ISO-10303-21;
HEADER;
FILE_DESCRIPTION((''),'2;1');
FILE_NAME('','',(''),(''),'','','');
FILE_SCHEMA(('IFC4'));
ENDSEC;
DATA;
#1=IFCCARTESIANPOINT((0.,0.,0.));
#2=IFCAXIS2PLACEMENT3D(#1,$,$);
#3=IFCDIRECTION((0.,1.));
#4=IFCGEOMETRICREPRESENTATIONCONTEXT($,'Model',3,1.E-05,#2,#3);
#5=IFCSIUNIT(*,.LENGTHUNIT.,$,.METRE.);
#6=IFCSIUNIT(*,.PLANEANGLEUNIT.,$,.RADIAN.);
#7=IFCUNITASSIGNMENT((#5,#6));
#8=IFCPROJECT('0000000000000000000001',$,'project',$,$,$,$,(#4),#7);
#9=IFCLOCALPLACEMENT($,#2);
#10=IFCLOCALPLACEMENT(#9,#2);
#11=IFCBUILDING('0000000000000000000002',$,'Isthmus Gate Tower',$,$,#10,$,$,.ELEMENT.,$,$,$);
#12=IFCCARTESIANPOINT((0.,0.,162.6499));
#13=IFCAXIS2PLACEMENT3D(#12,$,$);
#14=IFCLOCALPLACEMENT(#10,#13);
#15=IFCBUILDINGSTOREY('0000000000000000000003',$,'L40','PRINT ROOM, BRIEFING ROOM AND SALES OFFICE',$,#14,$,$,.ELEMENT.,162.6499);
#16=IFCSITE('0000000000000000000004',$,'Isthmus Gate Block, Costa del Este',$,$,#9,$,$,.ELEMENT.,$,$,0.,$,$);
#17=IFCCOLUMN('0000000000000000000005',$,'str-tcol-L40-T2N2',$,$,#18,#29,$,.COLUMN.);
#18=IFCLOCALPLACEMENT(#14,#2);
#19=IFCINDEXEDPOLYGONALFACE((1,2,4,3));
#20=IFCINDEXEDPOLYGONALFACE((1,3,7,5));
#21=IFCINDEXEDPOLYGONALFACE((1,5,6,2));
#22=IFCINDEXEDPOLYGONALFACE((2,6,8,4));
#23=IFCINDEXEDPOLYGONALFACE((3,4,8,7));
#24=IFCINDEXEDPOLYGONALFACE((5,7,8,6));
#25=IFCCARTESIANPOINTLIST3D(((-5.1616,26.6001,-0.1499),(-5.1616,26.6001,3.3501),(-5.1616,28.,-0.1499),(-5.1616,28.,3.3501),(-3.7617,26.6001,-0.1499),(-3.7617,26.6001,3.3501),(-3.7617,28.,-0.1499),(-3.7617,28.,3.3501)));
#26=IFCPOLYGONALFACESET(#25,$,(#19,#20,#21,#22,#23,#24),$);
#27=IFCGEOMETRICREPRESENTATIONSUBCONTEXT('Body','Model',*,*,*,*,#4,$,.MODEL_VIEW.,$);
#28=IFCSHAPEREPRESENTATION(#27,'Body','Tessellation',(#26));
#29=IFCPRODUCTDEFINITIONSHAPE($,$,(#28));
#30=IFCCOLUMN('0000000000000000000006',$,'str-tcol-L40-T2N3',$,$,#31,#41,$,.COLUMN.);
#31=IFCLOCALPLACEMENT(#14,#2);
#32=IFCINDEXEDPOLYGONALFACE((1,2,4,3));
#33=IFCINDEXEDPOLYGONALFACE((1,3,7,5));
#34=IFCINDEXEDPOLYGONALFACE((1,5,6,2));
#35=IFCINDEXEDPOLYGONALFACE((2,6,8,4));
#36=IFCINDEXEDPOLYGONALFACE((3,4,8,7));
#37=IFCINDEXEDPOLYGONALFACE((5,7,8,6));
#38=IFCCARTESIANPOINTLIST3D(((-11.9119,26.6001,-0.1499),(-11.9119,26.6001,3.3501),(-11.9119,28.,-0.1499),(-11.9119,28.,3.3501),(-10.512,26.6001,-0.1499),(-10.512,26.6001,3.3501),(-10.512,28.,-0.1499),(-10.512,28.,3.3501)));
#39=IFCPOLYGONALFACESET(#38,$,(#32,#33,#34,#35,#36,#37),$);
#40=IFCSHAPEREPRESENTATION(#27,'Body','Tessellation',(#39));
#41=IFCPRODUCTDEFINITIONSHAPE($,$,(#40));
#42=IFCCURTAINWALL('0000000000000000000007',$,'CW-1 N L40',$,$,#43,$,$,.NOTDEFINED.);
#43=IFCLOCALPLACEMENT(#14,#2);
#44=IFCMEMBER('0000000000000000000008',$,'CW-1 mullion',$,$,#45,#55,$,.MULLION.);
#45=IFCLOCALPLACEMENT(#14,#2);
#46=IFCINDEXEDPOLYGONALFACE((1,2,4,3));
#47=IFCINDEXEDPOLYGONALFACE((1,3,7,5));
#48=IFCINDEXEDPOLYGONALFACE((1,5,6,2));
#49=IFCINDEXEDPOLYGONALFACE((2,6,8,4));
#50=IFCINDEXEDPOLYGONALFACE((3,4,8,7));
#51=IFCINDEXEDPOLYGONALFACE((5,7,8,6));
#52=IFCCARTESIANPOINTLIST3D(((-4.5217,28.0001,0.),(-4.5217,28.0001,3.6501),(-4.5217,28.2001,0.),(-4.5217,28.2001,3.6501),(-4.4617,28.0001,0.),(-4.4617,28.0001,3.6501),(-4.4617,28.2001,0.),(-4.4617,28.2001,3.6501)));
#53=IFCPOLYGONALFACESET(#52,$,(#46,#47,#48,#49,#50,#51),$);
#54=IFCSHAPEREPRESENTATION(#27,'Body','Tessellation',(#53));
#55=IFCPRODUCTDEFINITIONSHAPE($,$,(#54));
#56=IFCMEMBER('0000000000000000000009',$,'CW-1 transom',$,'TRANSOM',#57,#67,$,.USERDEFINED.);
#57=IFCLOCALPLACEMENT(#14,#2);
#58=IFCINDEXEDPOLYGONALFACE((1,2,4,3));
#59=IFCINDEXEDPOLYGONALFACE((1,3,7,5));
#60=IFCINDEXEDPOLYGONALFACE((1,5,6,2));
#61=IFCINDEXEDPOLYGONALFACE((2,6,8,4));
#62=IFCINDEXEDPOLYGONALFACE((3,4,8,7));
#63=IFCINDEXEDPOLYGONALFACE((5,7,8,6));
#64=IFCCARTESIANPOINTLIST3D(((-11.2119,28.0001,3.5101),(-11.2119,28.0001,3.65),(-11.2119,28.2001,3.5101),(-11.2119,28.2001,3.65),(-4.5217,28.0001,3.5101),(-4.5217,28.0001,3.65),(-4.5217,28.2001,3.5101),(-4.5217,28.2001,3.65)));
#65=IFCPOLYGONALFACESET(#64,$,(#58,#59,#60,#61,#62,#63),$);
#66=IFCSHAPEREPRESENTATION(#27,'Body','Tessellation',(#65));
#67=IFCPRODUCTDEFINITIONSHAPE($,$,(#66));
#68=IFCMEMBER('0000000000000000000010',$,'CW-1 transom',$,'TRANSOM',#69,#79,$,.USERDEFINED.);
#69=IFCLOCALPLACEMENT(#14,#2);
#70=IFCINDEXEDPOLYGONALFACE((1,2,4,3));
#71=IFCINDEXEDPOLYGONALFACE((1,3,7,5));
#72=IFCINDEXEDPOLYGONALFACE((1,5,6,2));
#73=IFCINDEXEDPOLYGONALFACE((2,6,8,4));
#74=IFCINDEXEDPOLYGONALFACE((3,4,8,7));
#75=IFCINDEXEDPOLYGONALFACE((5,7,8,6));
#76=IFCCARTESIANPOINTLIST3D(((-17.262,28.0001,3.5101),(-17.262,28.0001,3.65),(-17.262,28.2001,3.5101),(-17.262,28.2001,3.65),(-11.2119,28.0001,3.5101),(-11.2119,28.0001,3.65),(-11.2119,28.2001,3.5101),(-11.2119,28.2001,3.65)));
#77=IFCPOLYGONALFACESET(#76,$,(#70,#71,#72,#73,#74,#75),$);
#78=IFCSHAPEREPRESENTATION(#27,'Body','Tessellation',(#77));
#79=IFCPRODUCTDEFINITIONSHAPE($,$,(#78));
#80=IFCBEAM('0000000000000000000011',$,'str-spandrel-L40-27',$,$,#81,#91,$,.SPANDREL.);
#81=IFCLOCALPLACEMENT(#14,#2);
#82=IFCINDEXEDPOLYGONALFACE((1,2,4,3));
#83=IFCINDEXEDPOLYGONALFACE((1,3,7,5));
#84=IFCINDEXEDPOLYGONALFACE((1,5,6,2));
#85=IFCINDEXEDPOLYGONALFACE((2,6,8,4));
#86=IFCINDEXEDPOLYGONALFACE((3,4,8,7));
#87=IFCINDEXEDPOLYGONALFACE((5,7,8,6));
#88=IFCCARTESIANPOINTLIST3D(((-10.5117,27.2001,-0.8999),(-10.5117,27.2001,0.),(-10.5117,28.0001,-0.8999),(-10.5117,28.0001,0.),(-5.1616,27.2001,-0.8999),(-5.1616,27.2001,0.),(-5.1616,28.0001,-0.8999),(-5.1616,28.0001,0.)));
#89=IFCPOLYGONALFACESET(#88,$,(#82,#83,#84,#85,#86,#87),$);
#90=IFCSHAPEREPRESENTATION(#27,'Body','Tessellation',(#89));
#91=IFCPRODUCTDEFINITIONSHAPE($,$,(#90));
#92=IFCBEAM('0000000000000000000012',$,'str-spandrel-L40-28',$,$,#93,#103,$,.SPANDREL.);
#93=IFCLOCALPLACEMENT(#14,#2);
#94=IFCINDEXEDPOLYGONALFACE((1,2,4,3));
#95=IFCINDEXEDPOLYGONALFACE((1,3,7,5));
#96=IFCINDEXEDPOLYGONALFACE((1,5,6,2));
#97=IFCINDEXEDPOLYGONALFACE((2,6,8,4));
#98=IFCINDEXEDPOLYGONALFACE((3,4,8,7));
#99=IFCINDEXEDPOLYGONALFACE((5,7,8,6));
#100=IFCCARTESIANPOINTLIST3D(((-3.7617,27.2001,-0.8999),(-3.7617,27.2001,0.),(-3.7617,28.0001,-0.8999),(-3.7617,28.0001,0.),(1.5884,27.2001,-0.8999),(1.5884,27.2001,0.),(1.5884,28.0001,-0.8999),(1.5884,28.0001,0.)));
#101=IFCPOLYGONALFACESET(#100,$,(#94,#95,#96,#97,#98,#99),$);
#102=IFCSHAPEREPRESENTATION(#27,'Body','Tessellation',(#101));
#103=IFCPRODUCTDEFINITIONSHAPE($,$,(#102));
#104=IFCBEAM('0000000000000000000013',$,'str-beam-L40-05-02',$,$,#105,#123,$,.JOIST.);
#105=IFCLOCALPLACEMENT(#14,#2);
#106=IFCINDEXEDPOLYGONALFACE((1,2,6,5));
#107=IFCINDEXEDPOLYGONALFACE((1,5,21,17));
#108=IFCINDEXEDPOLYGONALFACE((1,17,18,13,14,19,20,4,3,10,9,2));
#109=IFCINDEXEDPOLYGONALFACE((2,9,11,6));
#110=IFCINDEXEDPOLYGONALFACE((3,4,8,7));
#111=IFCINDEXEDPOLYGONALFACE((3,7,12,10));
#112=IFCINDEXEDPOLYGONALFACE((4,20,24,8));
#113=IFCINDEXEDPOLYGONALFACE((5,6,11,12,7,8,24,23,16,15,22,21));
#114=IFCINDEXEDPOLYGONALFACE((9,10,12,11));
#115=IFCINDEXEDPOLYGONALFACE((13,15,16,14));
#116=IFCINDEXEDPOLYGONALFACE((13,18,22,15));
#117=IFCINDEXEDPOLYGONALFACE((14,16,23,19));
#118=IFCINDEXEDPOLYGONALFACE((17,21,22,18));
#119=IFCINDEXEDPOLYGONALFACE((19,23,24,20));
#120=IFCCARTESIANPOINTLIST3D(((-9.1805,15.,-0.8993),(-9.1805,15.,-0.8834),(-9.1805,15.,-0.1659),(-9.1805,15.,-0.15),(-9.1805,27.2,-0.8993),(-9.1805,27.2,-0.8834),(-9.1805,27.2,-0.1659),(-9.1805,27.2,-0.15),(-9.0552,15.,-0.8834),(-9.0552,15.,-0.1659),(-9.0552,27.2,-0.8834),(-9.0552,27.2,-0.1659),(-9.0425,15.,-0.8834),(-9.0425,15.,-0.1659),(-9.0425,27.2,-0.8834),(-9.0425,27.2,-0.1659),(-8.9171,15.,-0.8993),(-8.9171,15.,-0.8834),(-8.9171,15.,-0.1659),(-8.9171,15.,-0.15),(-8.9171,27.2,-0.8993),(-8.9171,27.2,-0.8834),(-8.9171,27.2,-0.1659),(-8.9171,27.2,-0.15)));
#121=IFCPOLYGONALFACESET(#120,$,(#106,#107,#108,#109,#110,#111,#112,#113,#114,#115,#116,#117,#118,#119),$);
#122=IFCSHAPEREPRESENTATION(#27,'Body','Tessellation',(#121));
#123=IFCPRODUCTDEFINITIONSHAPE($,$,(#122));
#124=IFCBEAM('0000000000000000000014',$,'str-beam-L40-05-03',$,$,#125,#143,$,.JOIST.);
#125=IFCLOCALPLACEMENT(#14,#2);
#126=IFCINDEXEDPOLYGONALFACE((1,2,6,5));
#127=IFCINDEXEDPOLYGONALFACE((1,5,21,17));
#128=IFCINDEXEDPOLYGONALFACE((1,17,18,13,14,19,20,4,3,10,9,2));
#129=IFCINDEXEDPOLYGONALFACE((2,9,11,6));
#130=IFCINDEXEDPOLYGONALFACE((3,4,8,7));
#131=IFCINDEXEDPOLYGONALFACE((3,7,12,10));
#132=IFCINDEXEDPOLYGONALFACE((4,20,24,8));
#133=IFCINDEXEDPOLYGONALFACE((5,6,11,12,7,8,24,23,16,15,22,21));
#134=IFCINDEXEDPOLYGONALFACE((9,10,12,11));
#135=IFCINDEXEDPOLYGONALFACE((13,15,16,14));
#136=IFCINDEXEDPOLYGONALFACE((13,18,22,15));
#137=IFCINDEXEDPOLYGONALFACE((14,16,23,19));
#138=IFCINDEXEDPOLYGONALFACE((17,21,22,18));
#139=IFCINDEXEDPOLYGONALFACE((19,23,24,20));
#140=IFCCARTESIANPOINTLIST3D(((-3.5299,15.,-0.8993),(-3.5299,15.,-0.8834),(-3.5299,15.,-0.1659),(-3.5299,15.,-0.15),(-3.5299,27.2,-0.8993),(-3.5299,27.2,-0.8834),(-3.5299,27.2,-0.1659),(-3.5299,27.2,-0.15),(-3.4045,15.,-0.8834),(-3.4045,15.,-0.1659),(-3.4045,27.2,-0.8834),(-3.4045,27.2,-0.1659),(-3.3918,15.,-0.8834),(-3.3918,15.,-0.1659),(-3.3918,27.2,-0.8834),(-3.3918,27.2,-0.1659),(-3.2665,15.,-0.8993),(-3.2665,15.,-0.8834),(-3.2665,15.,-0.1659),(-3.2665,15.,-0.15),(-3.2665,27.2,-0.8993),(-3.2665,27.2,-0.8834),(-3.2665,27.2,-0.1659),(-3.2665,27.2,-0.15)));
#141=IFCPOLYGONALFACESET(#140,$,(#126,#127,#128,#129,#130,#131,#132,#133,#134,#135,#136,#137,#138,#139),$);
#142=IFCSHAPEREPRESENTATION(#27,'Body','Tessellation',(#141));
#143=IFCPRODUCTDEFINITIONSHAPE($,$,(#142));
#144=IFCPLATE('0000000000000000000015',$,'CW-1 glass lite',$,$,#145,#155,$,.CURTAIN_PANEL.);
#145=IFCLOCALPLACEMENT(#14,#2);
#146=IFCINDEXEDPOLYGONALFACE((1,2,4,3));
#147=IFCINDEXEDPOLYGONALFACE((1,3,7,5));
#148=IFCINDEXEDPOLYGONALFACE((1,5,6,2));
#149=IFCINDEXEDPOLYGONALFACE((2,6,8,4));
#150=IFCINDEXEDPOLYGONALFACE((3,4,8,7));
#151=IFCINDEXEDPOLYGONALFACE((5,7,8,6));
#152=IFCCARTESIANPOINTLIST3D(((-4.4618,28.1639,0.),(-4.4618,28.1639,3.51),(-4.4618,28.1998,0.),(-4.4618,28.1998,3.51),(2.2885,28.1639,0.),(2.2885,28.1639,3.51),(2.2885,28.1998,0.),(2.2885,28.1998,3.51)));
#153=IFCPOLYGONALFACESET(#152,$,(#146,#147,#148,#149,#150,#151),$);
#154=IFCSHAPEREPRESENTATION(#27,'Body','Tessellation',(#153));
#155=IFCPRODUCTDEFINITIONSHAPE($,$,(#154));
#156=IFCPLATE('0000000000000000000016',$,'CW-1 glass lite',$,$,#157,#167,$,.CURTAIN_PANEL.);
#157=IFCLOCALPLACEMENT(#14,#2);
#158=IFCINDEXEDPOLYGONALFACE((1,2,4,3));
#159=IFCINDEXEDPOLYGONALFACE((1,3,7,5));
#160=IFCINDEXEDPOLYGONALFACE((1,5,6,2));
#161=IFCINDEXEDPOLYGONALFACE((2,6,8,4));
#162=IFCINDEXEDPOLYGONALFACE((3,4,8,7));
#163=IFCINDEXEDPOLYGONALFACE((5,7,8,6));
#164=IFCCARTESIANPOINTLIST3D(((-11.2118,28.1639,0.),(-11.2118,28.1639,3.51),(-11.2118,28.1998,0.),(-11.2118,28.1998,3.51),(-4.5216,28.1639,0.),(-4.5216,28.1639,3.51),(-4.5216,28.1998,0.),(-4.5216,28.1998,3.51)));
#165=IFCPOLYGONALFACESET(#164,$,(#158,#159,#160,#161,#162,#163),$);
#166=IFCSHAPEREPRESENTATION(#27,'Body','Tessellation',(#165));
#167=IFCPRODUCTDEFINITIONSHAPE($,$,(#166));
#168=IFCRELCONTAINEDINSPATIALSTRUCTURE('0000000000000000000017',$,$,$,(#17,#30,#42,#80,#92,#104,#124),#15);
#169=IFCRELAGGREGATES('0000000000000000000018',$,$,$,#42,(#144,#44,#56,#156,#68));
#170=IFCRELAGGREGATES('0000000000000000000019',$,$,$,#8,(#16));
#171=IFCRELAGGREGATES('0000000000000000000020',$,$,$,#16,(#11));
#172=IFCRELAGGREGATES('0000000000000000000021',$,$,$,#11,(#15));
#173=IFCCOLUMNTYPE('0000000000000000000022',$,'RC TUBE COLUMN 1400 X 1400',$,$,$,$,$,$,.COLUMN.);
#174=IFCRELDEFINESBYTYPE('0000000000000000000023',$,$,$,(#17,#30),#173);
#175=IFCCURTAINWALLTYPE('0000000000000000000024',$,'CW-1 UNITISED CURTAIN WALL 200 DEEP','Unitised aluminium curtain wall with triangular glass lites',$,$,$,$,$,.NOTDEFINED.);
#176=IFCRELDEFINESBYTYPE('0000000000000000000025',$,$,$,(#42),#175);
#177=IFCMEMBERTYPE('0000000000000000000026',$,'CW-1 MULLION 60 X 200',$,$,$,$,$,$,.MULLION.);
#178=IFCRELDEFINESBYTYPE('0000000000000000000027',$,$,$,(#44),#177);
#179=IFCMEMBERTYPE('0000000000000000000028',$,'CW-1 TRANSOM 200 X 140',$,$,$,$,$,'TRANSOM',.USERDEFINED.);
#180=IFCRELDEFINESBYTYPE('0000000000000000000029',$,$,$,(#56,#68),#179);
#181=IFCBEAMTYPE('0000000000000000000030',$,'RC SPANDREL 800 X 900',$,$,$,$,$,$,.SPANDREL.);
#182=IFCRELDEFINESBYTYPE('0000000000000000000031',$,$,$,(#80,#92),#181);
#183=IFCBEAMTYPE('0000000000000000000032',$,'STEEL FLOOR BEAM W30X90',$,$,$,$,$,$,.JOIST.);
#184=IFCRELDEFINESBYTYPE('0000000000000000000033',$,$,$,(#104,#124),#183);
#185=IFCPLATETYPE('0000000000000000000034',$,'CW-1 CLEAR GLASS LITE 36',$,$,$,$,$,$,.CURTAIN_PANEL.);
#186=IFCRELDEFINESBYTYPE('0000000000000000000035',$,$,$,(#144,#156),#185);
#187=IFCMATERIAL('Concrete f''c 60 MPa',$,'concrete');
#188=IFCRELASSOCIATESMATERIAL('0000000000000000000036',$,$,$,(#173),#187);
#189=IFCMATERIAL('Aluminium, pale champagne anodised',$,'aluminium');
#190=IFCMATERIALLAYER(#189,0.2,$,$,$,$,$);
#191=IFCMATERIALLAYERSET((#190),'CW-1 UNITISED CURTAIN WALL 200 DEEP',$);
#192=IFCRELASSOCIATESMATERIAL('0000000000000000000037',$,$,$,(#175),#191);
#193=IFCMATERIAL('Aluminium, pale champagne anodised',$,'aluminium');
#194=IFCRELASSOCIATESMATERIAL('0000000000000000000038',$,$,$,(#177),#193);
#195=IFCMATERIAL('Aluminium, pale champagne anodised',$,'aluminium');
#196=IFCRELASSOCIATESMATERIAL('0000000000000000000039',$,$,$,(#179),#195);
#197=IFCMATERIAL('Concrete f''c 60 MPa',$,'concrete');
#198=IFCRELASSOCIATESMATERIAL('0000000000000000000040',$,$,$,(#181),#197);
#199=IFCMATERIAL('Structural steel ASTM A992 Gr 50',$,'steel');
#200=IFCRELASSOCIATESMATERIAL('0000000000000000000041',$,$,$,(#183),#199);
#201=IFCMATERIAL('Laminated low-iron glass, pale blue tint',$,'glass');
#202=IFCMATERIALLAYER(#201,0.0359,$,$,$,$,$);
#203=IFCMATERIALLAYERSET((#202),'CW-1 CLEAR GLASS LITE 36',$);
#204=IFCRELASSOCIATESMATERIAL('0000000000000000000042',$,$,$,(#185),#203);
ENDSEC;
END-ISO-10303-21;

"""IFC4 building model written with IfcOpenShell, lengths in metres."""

from ifc_helpers import new_model, si_unit, direction, frame, origin, origin_2d, place, context, subcontext, project, spatial, rectangle, i_section, extrude, material, layer, layer_set, material_profile, profile_set, type_object, element, aggregate, save


model = new_model("IFC4")

# Units and contexts
model_context = context("Model", 3, precision=1e-05, world=origin(), true_north=direction((0.0, 1.0)))
body_context = subcontext(model_context, "Body", "Model", "MODEL_VIEW")
ifc_project = project(units=[si_unit("LENGTHUNIT", "METRE"), si_unit("PLANEANGLEUNIT", "RADIAN")], contexts=[model_context])

# Site, building, storey
site_placement = place(None, origin())
site = spatial("IfcSite", under=ifc_project, at=site_placement, Name="Isthmus Gate Block, Costa del Este", CompositionType="ELEMENT", RefElevation=0.0)
building_placement = place(site_placement, origin())
building = spatial("IfcBuilding", under=site, at=building_placement, Name="Isthmus Gate Tower", CompositionType="ELEMENT")
storey_placement = place(building_placement, frame((0.0, 0.0, 162.6499)))
storey = spatial("IfcBuildingStorey", under=building, at=storey_placement, Name="L40", Description="PRINT ROOM, BRIEFING ROOM AND SALES OFFICE", CompositionType="ELEMENT", Elevation=162.6499)

# Columns
ifc_material_1 = material(Name="Concrete f'c 60 MPa", Category="concrete")
ifc_material_profile_1 = material_profile(ifc_material_1, rectangle(XDim=1.3999, YDim=1.3999, at=origin_2d()), Name="RC 1400X1400")
ifc_profile_set_1 = profile_set([ifc_material_profile_1], Name="Concrete f'c 60 MPa")
column_type = type_object("IfcColumnType", Name="RC TUBE COLUMN 1400 X 1400", PredefinedType="COLUMN", material=ifc_profile_set_1)
for number, where, z_axis, x_axis, name in (
    (1, (-4.4617, 27.3, -0.1499), (0.0, 0.0, 1.0), (-1.0, 0.0, 0.0), "str-tcol-L40-T2N2"),
    (2, (-11.2119, 27.3, -0.1499), (0.0, 0.0, 1.0), (-1.0, 0.0, 0.0), "str-tcol-L40-T2N3"),
):
    element("IfcColumn", number, at=place(storey_placement, frame(where, z_axis=z_axis, x_axis=x_axis)), inside=storey, type_object=column_type, Name=name, PredefinedType="COLUMN", context=body_context, shape_type="SweptSolid", body=[
        extrude(rectangle(XDim=1.3999, YDim=1.3999, at=origin_2d()), origin(), (0.0, 0.0, 1.0), 3.5),
    ])

# Curtain wall, members
ifc_material_2 = material(Name="Aluminium, pale champagne anodised", Category="aluminium")
ifc_layer_1 = layer(ifc_material_2, 0.2)
ifc_layer_set_1 = layer_set([ifc_layer_1], Name="CW-1 UNITISED CURTAIN WALL 200 DEEP")
curtain_wall_type = type_object("IfcCurtainWallType", Name="CW-1 UNITISED CURTAIN WALL 200 DEEP", Description="Unitised aluminium curtain wall with triangular glass lites", PredefinedType="NOTDEFINED", material=ifc_layer_set_1)
curtain_wall_placement = place(storey_placement, origin())
curtain_wall = element("IfcCurtainWall", 3, at=curtain_wall_placement, inside=storey, type_object=curtain_wall_type, Name="CW-1 N L40", PredefinedType="NOTDEFINED")
ifc_material_3 = material(Name="Aluminium, pale champagne anodised", Category="aluminium")
ifc_material_profile_2 = material_profile(ifc_material_3, rectangle(XDim=0.0601, YDim=0.2, at=origin_2d()), Name="60x200")
ifc_profile_set_2 = profile_set([ifc_material_profile_2], Name="Aluminium, pale champagne anodised")
member_type_1 = type_object("IfcMemberType", Name="CW-1 MULLION 60 X 200", PredefinedType="MULLION", material=ifc_profile_set_2)
member_1_placement = place(storey_placement, frame((-4.4917, 28.1001, 0.0), z_axis=(0.0, 0.0, 1.0), x_axis=(-1.0, 0.0, 0.0)))
member_1 = element("IfcMember", 4, at=member_1_placement, type_object=member_type_1, Name="CW-1 mullion", PredefinedType="MULLION", context=body_context, shape_type="SweptSolid", body=[
    extrude(rectangle(XDim=0.0601, YDim=0.2, at=origin_2d()), origin(), (0.0, 0.0, 1.0), 3.6501),
])
ifc_material_4 = material(Name="Aluminium, pale champagne anodised", Category="aluminium")
ifc_material_profile_3 = material_profile(ifc_material_4, rectangle(XDim=0.2, YDim=0.1399, at=origin_2d()), Name="200x140")
ifc_profile_set_3 = profile_set([ifc_material_profile_3], Name="Aluminium, pale champagne anodised")
member_type_2 = type_object("IfcMemberType", Name="CW-1 TRANSOM 200 X 140", ElementType="TRANSOM", PredefinedType="USERDEFINED", material=ifc_profile_set_3)
member_2_placement = place(storey_placement, frame((-4.5217, 28.1001, 3.5801), z_axis=(-1.0, 0.0, 0.0), x_axis=(0.0, -1.0, 0.0)))
member_2 = element("IfcMember", 5, at=member_2_placement, type_object=member_type_2, Name="CW-1 transom", ObjectType="TRANSOM", PredefinedType="USERDEFINED", context=body_context, shape_type="SweptSolid", body=[
    extrude(rectangle(XDim=0.2, YDim=0.1399, at=origin_2d()), origin(), (0.0, 0.0, 1.0), 6.6902),
])
member_3_placement = place(storey_placement, frame((-11.2119, 28.1001, 3.5801), z_axis=(-1.0, 0.0, 0.0), x_axis=(0.0, -1.0, 0.0)))
member_3 = element("IfcMember", 6, at=member_3_placement, type_object=member_type_2, Name="CW-1 transom", ObjectType="TRANSOM", PredefinedType="USERDEFINED", context=body_context, shape_type="SweptSolid", body=[
    extrude(rectangle(XDim=0.2, YDim=0.1399, at=origin_2d()), origin(), (0.0, 0.0, 1.0), 6.05),
])

# Beams
ifc_material_5 = material(Name="Concrete f'c 60 MPa", Category="concrete")
ifc_material_profile_4 = material_profile(ifc_material_5, rectangle(XDim=0.8, YDim=0.8999, at=origin_2d()), Name="RC 800X900")
ifc_profile_set_4 = profile_set([ifc_material_profile_4], Name="Concrete f'c 60 MPa")
beam_type_1 = type_object("IfcBeamType", Name="RC SPANDREL 800 X 900", PredefinedType="SPANDREL", material=ifc_profile_set_4)
for number, where, z_axis, x_axis, name in (
    (7, (-10.5117, 27.6001, -0.45), (1.0, 0.0, 0.0), (0.0, 1.0, 0.0), "str-spandrel-L40-27"),
    (8, (-3.7617, 27.6001, -0.45), (1.0, 0.0, 0.0), (0.0, 1.0, 0.0), "str-spandrel-L40-28"),
):
    element("IfcBeam", number, at=place(storey_placement, frame(where, z_axis=z_axis, x_axis=x_axis)), inside=storey, type_object=beam_type_1, Name=name, PredefinedType="SPANDREL", context=body_context, shape_type="SweptSolid", body=[
        extrude(rectangle(XDim=0.8, YDim=0.8999, at=origin_2d()), origin(), (0.0, 0.0, 1.0), 5.3501),
    ])
ifc_material_6 = material(Name="Structural steel ASTM A992 Gr 50", Category="steel")
ifc_material_profile_5 = material_profile(ifc_material_6, i_section(OverallWidth=0.2634, OverallDepth=0.7493, WebThickness=0.0127, FlangeThickness=0.0159, at=origin_2d()), Name="W30X90")
ifc_profile_set_5 = profile_set([ifc_material_profile_5], Name="Structural steel ASTM A992 Gr 50")
beam_type_2 = type_object("IfcBeamType", Name="STEEL FLOOR BEAM W30X90", PredefinedType="JOIST", material=ifc_profile_set_5)
for number, where, z_axis, x_axis, name in (
    (9, (-9.0488, 15.0, -0.5247), (0.0, 1.0, 0.0), (-1.0, 0.0, 0.0), "str-beam-L40-05-02"),
    (10, (-3.3982, 15.0, -0.5247), (0.0, 1.0, 0.0), (-1.0, 0.0, 0.0), "str-beam-L40-05-03"),
):
    element("IfcBeam", number, at=place(storey_placement, frame(where, z_axis=z_axis, x_axis=x_axis)), inside=storey, type_object=beam_type_2, Name=name, PredefinedType="JOIST", context=body_context, shape_type="SweptSolid", body=[
        extrude(i_section(OverallWidth=0.2634, OverallDepth=0.7493, WebThickness=0.0127, FlangeThickness=0.0159, at=origin_2d()), origin(), (0.0, 0.0, 1.0), 12.2),
    ])

# Plates
ifc_material_7 = material(Name="Laminated low-iron glass, pale blue tint", Category="glass")
ifc_layer_2 = layer(ifc_material_7, 0.0359)
ifc_layer_set_2 = layer_set([ifc_layer_2], Name="CW-1 CLEAR GLASS LITE 36")
plate_type = type_object("IfcPlateType", Name="CW-1 CLEAR GLASS LITE 36", PredefinedType="CURTAIN_PANEL", material=ifc_layer_set_2)
plate_1_placement = place(storey_placement, frame((-1.0867, 28.1819, 0.0), z_axis=(0.0, 0.0, 1.0), x_axis=(-1.0, 0.0, 0.0)))
plate_1 = element("IfcPlate", 11, at=plate_1_placement, type_object=plate_type, Name="CW-1 glass lite", PredefinedType="CURTAIN_PANEL", context=body_context, shape_type="SweptSolid", body=[
    extrude(rectangle(XDim=6.7502, YDim=0.0359, at=origin_2d()), origin(), (0.0, 0.0, 1.0), 3.51),
])
plate_2_placement = place(storey_placement, frame((-7.8667, 28.1819, 0.0), z_axis=(0.0, 0.0, 1.0), x_axis=(-1.0, 0.0, 0.0)))
plate_2 = element("IfcPlate", 12, at=plate_2_placement, type_object=plate_type, Name="CW-1 glass lite", PredefinedType="CURTAIN_PANEL", context=body_context, shape_type="SweptSolid", body=[
    extrude(rectangle(XDim=6.6902, YDim=0.0359, at=origin_2d()), origin(), (0.0, 0.0, 1.0), 3.51),
])
aggregate(curtain_wall, [plate_1, member_1, member_2, plate_2, member_3])

save(model, "model.ifc")
